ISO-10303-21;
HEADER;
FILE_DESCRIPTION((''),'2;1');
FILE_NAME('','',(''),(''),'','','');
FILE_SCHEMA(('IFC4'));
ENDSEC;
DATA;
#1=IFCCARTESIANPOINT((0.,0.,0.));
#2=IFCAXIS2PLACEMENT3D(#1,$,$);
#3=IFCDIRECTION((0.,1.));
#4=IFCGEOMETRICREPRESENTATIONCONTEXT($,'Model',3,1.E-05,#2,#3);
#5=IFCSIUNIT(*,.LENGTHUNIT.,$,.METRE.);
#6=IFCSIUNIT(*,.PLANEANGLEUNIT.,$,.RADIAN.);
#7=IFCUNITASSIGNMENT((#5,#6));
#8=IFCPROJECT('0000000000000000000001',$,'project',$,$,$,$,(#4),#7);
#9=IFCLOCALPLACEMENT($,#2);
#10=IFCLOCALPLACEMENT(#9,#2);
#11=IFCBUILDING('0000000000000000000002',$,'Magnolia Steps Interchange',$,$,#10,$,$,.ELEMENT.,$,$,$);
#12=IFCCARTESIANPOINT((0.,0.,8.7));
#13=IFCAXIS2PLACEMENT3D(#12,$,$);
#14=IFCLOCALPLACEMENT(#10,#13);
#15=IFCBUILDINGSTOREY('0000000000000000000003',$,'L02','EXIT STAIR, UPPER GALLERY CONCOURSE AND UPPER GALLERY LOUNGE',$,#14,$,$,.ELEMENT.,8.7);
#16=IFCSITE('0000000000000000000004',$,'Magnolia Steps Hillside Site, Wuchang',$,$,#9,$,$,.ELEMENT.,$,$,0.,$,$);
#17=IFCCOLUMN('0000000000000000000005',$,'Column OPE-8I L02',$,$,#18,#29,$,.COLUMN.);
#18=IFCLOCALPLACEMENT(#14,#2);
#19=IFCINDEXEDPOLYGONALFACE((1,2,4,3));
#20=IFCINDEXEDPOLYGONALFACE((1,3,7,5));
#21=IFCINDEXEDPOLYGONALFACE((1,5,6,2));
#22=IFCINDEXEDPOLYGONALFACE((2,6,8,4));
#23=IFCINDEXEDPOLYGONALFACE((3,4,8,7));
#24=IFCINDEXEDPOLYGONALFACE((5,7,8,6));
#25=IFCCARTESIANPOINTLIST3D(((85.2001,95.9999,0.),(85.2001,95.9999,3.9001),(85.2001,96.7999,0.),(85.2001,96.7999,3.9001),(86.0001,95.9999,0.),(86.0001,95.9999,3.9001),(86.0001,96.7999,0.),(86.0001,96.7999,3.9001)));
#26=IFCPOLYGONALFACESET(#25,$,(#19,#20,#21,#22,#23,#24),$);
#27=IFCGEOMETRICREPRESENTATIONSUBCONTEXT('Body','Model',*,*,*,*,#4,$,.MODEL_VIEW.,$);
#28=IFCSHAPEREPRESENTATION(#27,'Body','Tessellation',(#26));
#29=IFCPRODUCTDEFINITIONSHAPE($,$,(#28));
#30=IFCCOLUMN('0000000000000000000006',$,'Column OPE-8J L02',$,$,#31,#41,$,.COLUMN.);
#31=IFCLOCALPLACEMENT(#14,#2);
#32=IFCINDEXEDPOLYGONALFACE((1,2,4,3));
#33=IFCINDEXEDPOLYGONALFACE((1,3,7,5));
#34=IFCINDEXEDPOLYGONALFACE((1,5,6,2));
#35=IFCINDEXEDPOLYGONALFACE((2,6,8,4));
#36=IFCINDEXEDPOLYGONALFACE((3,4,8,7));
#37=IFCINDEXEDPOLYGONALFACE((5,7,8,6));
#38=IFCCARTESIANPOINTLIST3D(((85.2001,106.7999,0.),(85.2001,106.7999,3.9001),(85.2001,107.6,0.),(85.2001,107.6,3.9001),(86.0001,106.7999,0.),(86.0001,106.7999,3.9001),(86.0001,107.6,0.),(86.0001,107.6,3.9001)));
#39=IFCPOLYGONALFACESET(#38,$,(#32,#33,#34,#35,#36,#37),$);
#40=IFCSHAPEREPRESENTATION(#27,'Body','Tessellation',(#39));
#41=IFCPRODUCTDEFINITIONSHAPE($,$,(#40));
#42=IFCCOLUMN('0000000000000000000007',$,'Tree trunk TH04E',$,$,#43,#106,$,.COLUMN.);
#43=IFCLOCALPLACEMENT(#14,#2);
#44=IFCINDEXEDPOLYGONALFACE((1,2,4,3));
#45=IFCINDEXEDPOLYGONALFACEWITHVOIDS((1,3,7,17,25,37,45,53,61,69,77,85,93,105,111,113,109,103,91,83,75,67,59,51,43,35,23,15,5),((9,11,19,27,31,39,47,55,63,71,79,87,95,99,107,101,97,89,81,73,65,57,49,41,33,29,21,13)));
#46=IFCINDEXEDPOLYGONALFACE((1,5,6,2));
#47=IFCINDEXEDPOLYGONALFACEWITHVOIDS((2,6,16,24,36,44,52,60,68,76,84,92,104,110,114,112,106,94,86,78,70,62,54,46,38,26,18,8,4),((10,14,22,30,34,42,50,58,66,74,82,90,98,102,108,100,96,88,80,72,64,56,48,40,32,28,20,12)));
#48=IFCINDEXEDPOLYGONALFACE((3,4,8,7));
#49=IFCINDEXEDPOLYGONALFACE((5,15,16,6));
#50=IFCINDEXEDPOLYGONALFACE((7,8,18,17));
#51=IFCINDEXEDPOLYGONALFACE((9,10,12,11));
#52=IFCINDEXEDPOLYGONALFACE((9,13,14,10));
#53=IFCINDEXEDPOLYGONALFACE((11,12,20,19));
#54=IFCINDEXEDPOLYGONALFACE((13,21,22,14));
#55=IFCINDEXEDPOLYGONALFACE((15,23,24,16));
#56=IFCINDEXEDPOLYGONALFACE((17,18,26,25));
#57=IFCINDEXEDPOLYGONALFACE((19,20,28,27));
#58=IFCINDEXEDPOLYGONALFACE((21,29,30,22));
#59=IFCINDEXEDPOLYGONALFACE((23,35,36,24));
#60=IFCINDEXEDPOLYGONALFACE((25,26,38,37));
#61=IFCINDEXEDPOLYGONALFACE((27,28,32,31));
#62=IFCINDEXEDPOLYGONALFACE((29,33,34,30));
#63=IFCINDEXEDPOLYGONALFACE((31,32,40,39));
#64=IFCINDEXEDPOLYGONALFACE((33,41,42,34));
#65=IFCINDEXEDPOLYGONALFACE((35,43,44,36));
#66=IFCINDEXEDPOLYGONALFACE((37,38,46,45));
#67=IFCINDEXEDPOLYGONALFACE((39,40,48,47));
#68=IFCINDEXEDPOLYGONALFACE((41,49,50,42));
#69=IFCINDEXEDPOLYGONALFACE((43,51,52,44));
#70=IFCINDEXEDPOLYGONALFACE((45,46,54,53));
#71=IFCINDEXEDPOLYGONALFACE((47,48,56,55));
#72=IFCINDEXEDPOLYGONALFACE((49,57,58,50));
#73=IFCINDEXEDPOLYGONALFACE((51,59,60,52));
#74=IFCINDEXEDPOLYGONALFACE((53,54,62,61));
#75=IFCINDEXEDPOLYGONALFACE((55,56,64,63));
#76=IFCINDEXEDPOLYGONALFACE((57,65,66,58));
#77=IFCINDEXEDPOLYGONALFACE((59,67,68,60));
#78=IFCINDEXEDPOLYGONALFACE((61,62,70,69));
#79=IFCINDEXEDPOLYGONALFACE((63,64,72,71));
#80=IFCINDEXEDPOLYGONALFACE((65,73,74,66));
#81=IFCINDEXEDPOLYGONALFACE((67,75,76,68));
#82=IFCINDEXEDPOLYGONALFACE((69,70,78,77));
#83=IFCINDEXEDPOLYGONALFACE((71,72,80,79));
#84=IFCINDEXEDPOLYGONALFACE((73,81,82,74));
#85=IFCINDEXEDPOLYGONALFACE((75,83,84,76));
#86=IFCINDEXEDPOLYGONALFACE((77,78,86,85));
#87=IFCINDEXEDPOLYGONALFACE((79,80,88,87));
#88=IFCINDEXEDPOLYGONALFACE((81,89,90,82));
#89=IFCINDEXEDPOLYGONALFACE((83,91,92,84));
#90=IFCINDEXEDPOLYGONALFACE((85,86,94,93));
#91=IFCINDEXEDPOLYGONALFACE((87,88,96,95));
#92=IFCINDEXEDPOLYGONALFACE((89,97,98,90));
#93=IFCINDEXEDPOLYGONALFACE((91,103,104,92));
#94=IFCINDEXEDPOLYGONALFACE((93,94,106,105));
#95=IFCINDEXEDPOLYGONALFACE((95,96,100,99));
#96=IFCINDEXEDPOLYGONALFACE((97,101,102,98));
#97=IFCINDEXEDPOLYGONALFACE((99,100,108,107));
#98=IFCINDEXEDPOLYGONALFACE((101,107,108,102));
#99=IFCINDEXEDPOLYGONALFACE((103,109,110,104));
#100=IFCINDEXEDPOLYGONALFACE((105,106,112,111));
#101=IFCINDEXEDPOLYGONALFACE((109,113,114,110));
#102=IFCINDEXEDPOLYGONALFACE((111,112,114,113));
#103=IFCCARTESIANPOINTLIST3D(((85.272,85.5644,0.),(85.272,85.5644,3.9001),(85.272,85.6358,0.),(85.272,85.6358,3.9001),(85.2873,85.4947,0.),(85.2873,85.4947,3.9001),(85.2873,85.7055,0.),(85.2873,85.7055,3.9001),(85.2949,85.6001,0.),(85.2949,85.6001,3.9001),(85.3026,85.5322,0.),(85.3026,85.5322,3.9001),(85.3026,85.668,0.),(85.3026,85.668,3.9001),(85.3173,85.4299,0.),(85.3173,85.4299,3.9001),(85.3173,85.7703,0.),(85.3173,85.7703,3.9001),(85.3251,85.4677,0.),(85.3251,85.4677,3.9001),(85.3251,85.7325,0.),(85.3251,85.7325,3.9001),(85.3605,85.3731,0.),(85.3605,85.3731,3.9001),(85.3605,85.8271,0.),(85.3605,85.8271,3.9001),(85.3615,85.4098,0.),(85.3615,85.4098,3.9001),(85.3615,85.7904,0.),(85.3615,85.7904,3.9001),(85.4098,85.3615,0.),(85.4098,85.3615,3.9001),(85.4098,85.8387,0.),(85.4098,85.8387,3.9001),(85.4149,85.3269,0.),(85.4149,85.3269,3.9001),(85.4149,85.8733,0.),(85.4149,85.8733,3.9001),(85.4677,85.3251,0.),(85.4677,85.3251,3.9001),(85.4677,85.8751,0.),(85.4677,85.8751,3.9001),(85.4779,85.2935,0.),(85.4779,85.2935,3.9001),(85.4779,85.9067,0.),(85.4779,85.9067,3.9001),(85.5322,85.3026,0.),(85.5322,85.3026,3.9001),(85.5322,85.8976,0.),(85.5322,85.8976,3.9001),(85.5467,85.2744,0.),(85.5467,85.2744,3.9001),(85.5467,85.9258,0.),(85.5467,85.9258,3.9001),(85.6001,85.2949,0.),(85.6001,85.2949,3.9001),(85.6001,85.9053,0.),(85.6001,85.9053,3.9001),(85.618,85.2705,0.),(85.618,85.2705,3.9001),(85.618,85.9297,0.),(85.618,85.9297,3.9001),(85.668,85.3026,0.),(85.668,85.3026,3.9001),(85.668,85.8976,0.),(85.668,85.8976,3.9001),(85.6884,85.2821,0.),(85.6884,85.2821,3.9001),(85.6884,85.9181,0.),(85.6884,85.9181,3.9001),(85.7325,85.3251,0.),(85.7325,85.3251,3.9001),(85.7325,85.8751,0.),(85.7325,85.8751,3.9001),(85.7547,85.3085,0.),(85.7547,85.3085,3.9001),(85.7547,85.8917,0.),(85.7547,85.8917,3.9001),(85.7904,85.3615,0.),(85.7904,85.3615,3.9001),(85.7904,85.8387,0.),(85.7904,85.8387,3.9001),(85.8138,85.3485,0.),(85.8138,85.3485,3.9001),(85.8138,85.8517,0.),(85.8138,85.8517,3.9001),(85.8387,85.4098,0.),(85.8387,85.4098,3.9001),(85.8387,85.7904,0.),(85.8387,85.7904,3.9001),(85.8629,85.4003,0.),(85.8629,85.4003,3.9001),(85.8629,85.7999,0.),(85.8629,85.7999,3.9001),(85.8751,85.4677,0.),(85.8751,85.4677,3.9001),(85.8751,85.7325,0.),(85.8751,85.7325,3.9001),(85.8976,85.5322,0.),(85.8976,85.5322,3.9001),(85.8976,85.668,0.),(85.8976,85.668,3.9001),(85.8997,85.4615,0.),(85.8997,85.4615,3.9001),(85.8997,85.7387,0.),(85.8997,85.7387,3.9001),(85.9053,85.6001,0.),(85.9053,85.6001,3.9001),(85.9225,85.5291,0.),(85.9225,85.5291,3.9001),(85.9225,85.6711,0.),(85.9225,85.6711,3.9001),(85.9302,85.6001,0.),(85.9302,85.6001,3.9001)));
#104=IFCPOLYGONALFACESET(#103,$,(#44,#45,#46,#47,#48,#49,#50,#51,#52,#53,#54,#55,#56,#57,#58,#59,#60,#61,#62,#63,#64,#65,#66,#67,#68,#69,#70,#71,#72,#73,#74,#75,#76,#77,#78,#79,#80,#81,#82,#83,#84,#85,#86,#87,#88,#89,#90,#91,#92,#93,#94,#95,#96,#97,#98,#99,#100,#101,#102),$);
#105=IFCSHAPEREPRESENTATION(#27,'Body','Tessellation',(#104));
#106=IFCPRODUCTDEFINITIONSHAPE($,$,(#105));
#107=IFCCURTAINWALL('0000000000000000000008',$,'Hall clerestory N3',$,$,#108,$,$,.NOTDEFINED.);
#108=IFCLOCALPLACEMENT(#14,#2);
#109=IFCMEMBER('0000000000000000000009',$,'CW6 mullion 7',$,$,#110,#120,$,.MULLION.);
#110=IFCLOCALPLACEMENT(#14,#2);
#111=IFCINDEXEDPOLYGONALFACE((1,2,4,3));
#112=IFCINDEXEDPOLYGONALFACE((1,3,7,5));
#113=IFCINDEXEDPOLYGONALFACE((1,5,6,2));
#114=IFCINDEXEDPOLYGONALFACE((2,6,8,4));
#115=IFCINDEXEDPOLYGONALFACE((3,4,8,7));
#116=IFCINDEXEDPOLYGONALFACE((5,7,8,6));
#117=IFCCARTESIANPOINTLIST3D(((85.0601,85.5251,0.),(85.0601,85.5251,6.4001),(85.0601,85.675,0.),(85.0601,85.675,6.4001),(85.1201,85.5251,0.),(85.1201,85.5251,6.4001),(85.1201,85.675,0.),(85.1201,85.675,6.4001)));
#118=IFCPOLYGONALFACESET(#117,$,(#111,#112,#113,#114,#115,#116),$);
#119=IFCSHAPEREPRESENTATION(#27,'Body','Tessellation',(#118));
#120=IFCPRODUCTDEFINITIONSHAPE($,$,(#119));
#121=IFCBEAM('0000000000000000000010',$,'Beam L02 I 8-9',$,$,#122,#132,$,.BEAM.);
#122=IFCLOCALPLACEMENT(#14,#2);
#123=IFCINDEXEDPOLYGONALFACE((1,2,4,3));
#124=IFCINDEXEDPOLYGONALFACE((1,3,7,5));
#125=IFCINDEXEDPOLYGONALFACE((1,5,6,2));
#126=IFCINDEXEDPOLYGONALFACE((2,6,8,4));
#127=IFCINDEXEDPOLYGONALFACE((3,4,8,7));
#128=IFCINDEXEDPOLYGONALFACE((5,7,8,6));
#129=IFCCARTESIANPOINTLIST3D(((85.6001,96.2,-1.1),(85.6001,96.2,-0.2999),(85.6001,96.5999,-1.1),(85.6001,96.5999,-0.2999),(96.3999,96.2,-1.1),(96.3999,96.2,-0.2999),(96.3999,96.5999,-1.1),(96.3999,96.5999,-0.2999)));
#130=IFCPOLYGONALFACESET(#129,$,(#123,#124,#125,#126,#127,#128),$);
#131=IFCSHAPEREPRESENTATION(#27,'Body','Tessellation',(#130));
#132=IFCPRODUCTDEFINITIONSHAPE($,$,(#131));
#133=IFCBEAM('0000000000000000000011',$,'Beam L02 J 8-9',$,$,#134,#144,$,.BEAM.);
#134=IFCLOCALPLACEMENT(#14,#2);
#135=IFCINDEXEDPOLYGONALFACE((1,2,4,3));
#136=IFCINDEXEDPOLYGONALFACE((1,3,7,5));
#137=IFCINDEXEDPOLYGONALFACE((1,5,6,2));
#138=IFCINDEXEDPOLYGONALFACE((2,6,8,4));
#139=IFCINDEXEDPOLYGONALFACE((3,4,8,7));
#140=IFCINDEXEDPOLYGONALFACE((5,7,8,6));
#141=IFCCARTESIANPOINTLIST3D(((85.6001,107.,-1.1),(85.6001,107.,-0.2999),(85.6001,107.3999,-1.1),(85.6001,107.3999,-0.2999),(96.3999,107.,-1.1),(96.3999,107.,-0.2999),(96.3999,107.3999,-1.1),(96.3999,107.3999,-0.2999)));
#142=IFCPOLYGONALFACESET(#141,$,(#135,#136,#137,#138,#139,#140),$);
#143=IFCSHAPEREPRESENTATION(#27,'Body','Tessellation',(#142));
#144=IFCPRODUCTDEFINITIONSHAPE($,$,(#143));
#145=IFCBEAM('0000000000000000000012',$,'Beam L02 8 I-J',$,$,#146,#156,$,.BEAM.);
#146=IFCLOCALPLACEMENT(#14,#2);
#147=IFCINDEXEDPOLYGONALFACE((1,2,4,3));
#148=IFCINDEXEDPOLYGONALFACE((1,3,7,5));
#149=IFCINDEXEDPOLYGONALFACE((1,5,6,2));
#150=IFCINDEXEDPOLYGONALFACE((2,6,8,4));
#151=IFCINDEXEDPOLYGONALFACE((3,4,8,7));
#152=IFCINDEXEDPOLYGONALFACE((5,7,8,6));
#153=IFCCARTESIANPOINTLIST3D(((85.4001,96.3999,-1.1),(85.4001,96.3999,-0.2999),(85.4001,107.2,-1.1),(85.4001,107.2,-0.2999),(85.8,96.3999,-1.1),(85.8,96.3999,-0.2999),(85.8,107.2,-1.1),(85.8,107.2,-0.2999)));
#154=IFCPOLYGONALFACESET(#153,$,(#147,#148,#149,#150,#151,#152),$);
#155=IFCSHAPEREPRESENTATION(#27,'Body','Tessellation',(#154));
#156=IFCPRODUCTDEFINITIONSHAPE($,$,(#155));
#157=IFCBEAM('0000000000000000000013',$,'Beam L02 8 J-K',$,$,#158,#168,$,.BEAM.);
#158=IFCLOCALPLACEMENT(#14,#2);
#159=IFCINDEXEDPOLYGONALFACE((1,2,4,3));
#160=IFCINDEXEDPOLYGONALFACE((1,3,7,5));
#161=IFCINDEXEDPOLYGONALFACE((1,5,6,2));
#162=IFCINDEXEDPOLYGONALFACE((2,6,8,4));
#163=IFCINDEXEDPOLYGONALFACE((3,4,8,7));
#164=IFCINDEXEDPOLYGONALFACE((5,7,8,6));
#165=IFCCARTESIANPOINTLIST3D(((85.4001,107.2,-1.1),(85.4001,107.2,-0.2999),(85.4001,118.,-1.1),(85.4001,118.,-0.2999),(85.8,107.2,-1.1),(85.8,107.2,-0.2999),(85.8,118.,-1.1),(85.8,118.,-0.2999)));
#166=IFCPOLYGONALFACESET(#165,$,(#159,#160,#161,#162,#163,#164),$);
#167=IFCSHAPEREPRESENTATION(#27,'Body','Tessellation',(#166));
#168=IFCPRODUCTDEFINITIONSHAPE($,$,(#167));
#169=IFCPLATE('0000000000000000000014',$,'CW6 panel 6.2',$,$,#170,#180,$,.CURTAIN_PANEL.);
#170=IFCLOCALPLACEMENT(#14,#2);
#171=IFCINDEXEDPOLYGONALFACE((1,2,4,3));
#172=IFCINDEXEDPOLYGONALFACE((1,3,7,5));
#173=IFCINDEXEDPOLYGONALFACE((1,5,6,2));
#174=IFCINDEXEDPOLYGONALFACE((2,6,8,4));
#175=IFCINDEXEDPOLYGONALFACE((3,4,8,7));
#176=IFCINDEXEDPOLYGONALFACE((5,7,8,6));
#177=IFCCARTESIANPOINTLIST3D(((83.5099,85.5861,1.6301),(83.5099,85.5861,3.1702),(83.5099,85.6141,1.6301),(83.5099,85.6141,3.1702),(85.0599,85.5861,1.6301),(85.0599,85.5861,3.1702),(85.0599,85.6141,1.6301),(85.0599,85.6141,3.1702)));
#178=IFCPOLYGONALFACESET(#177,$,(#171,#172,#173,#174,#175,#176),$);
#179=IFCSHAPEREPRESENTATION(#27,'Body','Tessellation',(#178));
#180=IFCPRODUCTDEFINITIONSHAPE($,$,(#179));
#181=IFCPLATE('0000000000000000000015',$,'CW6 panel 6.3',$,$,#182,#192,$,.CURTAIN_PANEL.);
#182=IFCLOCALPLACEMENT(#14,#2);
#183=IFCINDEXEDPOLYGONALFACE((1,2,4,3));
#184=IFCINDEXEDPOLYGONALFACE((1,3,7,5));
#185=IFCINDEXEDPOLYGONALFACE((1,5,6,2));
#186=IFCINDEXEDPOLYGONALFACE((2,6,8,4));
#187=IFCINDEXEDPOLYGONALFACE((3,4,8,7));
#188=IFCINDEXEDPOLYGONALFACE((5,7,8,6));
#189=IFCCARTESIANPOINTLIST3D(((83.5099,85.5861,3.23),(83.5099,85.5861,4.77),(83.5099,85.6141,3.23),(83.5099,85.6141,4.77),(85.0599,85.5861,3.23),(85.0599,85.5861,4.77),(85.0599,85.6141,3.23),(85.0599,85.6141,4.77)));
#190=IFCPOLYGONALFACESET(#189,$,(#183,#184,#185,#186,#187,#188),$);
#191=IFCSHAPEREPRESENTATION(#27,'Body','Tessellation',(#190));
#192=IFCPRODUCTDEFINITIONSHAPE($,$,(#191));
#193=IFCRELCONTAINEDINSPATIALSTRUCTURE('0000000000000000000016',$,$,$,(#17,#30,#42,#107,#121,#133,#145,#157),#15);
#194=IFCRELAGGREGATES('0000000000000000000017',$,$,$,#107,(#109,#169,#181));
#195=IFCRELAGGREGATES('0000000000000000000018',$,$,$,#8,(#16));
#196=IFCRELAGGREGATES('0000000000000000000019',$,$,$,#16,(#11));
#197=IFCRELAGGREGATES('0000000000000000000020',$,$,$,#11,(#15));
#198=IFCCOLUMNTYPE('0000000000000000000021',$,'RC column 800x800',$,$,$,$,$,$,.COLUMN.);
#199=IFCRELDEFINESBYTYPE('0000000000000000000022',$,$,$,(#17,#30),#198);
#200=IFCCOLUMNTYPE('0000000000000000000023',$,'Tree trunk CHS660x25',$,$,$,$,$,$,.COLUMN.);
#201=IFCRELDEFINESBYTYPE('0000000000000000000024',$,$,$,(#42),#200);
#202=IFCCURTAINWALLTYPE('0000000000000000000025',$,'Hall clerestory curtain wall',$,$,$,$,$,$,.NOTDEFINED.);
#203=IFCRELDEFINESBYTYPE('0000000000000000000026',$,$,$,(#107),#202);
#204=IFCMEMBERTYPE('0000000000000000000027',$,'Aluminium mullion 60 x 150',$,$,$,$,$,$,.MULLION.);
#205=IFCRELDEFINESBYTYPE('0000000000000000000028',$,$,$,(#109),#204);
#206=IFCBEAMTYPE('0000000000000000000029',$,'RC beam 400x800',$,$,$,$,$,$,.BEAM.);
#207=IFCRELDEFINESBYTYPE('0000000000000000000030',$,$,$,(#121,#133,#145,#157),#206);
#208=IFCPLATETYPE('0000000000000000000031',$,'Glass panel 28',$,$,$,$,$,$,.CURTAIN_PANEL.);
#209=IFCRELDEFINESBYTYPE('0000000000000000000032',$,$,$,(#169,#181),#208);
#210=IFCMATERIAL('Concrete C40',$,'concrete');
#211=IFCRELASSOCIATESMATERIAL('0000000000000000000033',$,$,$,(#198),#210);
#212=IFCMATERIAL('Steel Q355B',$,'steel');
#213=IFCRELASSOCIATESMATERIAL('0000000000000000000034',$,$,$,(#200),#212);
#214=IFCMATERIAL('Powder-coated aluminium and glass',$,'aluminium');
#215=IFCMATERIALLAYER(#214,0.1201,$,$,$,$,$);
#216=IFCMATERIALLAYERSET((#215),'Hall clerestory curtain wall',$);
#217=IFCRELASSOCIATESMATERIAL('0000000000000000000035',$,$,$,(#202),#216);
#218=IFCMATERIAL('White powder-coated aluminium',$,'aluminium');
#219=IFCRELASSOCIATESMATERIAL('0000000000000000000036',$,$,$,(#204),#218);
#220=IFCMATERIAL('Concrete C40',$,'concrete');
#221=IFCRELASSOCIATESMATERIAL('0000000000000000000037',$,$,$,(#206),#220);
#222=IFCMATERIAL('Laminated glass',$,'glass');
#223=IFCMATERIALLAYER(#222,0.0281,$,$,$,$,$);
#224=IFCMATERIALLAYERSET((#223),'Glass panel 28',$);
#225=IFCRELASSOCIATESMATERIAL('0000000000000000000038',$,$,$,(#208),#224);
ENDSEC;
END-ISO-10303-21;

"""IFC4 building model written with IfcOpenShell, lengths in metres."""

from ifc_helpers import new_model, si_unit, direction, frame, origin, origin_2d, place, context, subcontext, project, spatial, rectangle, hollow_circle, extrude, material, layer, layer_set, material_profile, profile_set, type_object, element, aggregate, save


model = new_model("IFC4")

# Units and contexts
model_context = context("Model", 3, precision=1e-05, world=origin(), true_north=direction((0.0, 1.0)))
body_context = subcontext(model_context, "Body", "Model", "MODEL_VIEW")
ifc_project = project(units=[si_unit("LENGTHUNIT", "METRE"), si_unit("PLANEANGLEUNIT", "RADIAN")], contexts=[model_context])

# Site, building, storey
site_placement = place(None, origin())
site = spatial("IfcSite", under=ifc_project, at=site_placement, Name="Magnolia Steps Hillside Site, Wuchang", CompositionType="ELEMENT", RefElevation=0.0)
building_placement = place(site_placement, origin())
building = spatial("IfcBuilding", under=site, at=building_placement, Name="Magnolia Steps Interchange", CompositionType="ELEMENT")
storey_placement = place(building_placement, frame((0.0, 0.0, 8.7)))
storey = spatial("IfcBuildingStorey", under=building, at=storey_placement, Name="L02", Description="EXIT STAIR, UPPER GALLERY CONCOURSE AND UPPER GALLERY LOUNGE", CompositionType="ELEMENT", Elevation=8.7)

# Columns
ifc_material_1 = material(Name="Concrete C40", Category="concrete")
ifc_material_profile_1 = material_profile(ifc_material_1, rectangle(XDim=0.8, YDim=0.8, at=origin_2d()), Name="RC800x800")
ifc_profile_set_1 = profile_set([ifc_material_profile_1], Name="Concrete C40")
column_type_1 = type_object("IfcColumnType", Name="RC column 800x800", PredefinedType="COLUMN", material=ifc_profile_set_1)
for number, where, z_axis, x_axis, name in (
    (1, (85.6001, 96.3999, 0.0), (0.0, 0.0, 1.0), (1.0, 0.0, 0.0), "Column OPE-8I L02"),
    (2, (85.6001, 107.2, 0.0), (0.0, 0.0, 1.0), (1.0, 0.0, 0.0), "Column OPE-8J L02"),
):
    element("IfcColumn", number, at=place(storey_placement, frame(where, z_axis=z_axis, x_axis=x_axis)), inside=storey, type_object=column_type_1, Name=name, PredefinedType="COLUMN", context=body_context, shape_type="SweptSolid", body=[
        extrude(rectangle(XDim=0.8, YDim=0.8, at=origin_2d()), origin(), (0.0, 0.0, 1.0), 3.9001),
    ])
ifc_material_2 = material(Name="Steel Q355B", Category="steel")
ifc_material_profile_2 = material_profile(ifc_material_2, hollow_circle(Radius=0.3301, WallThickness=0.0249, at=origin_2d()), Name="CHS660x25")
ifc_profile_set_2 = profile_set([ifc_material_profile_2], Name="Steel Q355B")
column_type_2 = type_object("IfcColumnType", Name="Tree trunk CHS660x25", PredefinedType="COLUMN", material=ifc_profile_set_2)
column_placement = place(storey_placement, frame((85.6001, 85.6001, 0.0), z_axis=(0.0, 0.0, 1.0), x_axis=(1.0, 0.0, 0.0)))
element("IfcColumn", 3, at=column_placement, inside=storey, type_object=column_type_2, Name="Tree trunk TH04E", PredefinedType="COLUMN", context=body_context, shape_type="SweptSolid", body=[
    extrude(hollow_circle(Radius=0.3301, WallThickness=0.0249, at=origin_2d()), origin(), (0.0, 0.0, 1.0), 3.9001),
])

# Curtain wall, member
ifc_material_3 = material(Name="Powder-coated aluminium and glass", Category="aluminium")
ifc_layer_1 = layer(ifc_material_3, 0.1201)
ifc_layer_set_1 = layer_set([ifc_layer_1], Name="Hall clerestory curtain wall")
curtain_wall_type = type_object("IfcCurtainWallType", Name="Hall clerestory curtain wall", PredefinedType="NOTDEFINED", material=ifc_layer_set_1)
curtain_wall_placement = place(storey_placement, origin())
curtain_wall = element("IfcCurtainWall", 4, at=curtain_wall_placement, inside=storey, type_object=curtain_wall_type, Name="Hall clerestory N3", PredefinedType="NOTDEFINED")
ifc_material_4 = material(Name="White powder-coated aluminium", Category="aluminium")
ifc_material_profile_3 = material_profile(ifc_material_4, rectangle(XDim=0.0601, YDim=0.1499, at=origin_2d()), Name="Aluminium mullion 60 x 150")
ifc_profile_set_3 = profile_set([ifc_material_profile_3], Name="White powder-coated aluminium")
member_type = type_object("IfcMemberType", Name="Aluminium mullion 60 x 150", PredefinedType="MULLION", material=ifc_profile_set_3)
member_placement = place(storey_placement, frame((85.0901, 85.6001, 0.0), z_axis=(0.0, 0.0, 1.0), x_axis=(1.0, 0.0, 0.0)))
member = element("IfcMember", 5, at=member_placement, type_object=member_type, Name="CW6 mullion 7", PredefinedType="MULLION", context=body_context, shape_type="SweptSolid", body=[
    extrude(rectangle(XDim=0.0601, YDim=0.1499, at=origin_2d()), origin(), (0.0, 0.0, 1.0), 6.4001),
])

# Beams
ifc_material_5 = material(Name="Concrete C40", Category="concrete")
ifc_material_profile_4 = material_profile(ifc_material_5, rectangle(XDim=0.3999, YDim=0.8, at=origin_2d()), Name="RC400x800")
ifc_profile_set_4 = profile_set([ifc_material_profile_4], Name="Concrete C40")
beam_type = type_object("IfcBeamType", Name="RC beam 400x800", PredefinedType="BEAM", material=ifc_profile_set_4)
for number, where, z_axis, x_axis, name in (
    (6, (85.6001, 96.3999, -0.7), (1.0, 0.0, 0.0), (0.0, 1.0, 0.0), "Beam L02 I 8-9"),
    (7, (85.6001, 107.2, -0.7), (1.0, 0.0, 0.0), (0.0, 1.0, 0.0), "Beam L02 J 8-9"),
):
    element("IfcBeam", number, at=place(storey_placement, frame(where, z_axis=z_axis, x_axis=x_axis)), inside=storey, type_object=beam_type, Name=name, PredefinedType="BEAM", context=body_context, shape_type="SweptSolid", body=[
        extrude(rectangle(XDim=0.3999, YDim=0.8, at=origin_2d()), origin(), (0.0, 0.0, 1.0), 10.7998),
    ])
for number, where, z_axis, x_axis, name in (
    (8, (85.6001, 96.3999, -0.7), (0.0, 1.0, 0.0), (-1.0, 0.0, 0.0), "Beam L02 8 I-J"),
    (9, (85.6001, 107.2, -0.7), (0.0, 1.0, 0.0), (-1.0, 0.0, 0.0), "Beam L02 8 J-K"),
):
    element("IfcBeam", number, at=place(storey_placement, frame(where, z_axis=z_axis, x_axis=x_axis)), inside=storey, type_object=beam_type, Name=name, PredefinedType="BEAM", context=body_context, shape_type="SweptSolid", body=[
        extrude(rectangle(XDim=0.3999, YDim=0.8, at=origin_2d()), origin(), (0.0, 0.0, 1.0), 10.8),
    ])

# Plates
ifc_material_6 = material(Name="Laminated glass", Category="glass")
ifc_layer_2 = layer(ifc_material_6, 0.0281)
ifc_layer_set_2 = layer_set([ifc_layer_2], Name="Glass panel 28")
plate_type = type_object("IfcPlateType", Name="Glass panel 28", PredefinedType="CURTAIN_PANEL", material=ifc_layer_set_2)
plate_1_placement = place(storey_placement, frame((84.2849, 85.6001, 1.6301), z_axis=(0.0, 0.0, 1.0), x_axis=(1.0, 0.0, 0.0)))
plate_1 = element("IfcPlate", 10, at=plate_1_placement, type_object=plate_type, Name="CW6 panel 6.2", PredefinedType="CURTAIN_PANEL", context=body_context, shape_type="SweptSolid", body=[
    extrude(rectangle(XDim=1.55, YDim=0.0281, at=origin_2d()), origin(), (0.0, 0.0, 1.0), 1.54),
])
plate_2_placement = place(storey_placement, frame((84.2849, 85.6001, 3.23), z_axis=(0.0, 0.0, 1.0), x_axis=(1.0, 0.0, 0.0)))
plate_2 = element("IfcPlate", 11, at=plate_2_placement, type_object=plate_type, Name="CW6 panel 6.3", PredefinedType="CURTAIN_PANEL", context=body_context, shape_type="SweptSolid", body=[
    extrude(rectangle(XDim=1.55, YDim=0.0281, at=origin_2d()), origin(), (0.0, 0.0, 1.0), 1.54),
])
aggregate(curtain_wall, [member, plate_1, plate_2])

save(model, "model.ifc")
